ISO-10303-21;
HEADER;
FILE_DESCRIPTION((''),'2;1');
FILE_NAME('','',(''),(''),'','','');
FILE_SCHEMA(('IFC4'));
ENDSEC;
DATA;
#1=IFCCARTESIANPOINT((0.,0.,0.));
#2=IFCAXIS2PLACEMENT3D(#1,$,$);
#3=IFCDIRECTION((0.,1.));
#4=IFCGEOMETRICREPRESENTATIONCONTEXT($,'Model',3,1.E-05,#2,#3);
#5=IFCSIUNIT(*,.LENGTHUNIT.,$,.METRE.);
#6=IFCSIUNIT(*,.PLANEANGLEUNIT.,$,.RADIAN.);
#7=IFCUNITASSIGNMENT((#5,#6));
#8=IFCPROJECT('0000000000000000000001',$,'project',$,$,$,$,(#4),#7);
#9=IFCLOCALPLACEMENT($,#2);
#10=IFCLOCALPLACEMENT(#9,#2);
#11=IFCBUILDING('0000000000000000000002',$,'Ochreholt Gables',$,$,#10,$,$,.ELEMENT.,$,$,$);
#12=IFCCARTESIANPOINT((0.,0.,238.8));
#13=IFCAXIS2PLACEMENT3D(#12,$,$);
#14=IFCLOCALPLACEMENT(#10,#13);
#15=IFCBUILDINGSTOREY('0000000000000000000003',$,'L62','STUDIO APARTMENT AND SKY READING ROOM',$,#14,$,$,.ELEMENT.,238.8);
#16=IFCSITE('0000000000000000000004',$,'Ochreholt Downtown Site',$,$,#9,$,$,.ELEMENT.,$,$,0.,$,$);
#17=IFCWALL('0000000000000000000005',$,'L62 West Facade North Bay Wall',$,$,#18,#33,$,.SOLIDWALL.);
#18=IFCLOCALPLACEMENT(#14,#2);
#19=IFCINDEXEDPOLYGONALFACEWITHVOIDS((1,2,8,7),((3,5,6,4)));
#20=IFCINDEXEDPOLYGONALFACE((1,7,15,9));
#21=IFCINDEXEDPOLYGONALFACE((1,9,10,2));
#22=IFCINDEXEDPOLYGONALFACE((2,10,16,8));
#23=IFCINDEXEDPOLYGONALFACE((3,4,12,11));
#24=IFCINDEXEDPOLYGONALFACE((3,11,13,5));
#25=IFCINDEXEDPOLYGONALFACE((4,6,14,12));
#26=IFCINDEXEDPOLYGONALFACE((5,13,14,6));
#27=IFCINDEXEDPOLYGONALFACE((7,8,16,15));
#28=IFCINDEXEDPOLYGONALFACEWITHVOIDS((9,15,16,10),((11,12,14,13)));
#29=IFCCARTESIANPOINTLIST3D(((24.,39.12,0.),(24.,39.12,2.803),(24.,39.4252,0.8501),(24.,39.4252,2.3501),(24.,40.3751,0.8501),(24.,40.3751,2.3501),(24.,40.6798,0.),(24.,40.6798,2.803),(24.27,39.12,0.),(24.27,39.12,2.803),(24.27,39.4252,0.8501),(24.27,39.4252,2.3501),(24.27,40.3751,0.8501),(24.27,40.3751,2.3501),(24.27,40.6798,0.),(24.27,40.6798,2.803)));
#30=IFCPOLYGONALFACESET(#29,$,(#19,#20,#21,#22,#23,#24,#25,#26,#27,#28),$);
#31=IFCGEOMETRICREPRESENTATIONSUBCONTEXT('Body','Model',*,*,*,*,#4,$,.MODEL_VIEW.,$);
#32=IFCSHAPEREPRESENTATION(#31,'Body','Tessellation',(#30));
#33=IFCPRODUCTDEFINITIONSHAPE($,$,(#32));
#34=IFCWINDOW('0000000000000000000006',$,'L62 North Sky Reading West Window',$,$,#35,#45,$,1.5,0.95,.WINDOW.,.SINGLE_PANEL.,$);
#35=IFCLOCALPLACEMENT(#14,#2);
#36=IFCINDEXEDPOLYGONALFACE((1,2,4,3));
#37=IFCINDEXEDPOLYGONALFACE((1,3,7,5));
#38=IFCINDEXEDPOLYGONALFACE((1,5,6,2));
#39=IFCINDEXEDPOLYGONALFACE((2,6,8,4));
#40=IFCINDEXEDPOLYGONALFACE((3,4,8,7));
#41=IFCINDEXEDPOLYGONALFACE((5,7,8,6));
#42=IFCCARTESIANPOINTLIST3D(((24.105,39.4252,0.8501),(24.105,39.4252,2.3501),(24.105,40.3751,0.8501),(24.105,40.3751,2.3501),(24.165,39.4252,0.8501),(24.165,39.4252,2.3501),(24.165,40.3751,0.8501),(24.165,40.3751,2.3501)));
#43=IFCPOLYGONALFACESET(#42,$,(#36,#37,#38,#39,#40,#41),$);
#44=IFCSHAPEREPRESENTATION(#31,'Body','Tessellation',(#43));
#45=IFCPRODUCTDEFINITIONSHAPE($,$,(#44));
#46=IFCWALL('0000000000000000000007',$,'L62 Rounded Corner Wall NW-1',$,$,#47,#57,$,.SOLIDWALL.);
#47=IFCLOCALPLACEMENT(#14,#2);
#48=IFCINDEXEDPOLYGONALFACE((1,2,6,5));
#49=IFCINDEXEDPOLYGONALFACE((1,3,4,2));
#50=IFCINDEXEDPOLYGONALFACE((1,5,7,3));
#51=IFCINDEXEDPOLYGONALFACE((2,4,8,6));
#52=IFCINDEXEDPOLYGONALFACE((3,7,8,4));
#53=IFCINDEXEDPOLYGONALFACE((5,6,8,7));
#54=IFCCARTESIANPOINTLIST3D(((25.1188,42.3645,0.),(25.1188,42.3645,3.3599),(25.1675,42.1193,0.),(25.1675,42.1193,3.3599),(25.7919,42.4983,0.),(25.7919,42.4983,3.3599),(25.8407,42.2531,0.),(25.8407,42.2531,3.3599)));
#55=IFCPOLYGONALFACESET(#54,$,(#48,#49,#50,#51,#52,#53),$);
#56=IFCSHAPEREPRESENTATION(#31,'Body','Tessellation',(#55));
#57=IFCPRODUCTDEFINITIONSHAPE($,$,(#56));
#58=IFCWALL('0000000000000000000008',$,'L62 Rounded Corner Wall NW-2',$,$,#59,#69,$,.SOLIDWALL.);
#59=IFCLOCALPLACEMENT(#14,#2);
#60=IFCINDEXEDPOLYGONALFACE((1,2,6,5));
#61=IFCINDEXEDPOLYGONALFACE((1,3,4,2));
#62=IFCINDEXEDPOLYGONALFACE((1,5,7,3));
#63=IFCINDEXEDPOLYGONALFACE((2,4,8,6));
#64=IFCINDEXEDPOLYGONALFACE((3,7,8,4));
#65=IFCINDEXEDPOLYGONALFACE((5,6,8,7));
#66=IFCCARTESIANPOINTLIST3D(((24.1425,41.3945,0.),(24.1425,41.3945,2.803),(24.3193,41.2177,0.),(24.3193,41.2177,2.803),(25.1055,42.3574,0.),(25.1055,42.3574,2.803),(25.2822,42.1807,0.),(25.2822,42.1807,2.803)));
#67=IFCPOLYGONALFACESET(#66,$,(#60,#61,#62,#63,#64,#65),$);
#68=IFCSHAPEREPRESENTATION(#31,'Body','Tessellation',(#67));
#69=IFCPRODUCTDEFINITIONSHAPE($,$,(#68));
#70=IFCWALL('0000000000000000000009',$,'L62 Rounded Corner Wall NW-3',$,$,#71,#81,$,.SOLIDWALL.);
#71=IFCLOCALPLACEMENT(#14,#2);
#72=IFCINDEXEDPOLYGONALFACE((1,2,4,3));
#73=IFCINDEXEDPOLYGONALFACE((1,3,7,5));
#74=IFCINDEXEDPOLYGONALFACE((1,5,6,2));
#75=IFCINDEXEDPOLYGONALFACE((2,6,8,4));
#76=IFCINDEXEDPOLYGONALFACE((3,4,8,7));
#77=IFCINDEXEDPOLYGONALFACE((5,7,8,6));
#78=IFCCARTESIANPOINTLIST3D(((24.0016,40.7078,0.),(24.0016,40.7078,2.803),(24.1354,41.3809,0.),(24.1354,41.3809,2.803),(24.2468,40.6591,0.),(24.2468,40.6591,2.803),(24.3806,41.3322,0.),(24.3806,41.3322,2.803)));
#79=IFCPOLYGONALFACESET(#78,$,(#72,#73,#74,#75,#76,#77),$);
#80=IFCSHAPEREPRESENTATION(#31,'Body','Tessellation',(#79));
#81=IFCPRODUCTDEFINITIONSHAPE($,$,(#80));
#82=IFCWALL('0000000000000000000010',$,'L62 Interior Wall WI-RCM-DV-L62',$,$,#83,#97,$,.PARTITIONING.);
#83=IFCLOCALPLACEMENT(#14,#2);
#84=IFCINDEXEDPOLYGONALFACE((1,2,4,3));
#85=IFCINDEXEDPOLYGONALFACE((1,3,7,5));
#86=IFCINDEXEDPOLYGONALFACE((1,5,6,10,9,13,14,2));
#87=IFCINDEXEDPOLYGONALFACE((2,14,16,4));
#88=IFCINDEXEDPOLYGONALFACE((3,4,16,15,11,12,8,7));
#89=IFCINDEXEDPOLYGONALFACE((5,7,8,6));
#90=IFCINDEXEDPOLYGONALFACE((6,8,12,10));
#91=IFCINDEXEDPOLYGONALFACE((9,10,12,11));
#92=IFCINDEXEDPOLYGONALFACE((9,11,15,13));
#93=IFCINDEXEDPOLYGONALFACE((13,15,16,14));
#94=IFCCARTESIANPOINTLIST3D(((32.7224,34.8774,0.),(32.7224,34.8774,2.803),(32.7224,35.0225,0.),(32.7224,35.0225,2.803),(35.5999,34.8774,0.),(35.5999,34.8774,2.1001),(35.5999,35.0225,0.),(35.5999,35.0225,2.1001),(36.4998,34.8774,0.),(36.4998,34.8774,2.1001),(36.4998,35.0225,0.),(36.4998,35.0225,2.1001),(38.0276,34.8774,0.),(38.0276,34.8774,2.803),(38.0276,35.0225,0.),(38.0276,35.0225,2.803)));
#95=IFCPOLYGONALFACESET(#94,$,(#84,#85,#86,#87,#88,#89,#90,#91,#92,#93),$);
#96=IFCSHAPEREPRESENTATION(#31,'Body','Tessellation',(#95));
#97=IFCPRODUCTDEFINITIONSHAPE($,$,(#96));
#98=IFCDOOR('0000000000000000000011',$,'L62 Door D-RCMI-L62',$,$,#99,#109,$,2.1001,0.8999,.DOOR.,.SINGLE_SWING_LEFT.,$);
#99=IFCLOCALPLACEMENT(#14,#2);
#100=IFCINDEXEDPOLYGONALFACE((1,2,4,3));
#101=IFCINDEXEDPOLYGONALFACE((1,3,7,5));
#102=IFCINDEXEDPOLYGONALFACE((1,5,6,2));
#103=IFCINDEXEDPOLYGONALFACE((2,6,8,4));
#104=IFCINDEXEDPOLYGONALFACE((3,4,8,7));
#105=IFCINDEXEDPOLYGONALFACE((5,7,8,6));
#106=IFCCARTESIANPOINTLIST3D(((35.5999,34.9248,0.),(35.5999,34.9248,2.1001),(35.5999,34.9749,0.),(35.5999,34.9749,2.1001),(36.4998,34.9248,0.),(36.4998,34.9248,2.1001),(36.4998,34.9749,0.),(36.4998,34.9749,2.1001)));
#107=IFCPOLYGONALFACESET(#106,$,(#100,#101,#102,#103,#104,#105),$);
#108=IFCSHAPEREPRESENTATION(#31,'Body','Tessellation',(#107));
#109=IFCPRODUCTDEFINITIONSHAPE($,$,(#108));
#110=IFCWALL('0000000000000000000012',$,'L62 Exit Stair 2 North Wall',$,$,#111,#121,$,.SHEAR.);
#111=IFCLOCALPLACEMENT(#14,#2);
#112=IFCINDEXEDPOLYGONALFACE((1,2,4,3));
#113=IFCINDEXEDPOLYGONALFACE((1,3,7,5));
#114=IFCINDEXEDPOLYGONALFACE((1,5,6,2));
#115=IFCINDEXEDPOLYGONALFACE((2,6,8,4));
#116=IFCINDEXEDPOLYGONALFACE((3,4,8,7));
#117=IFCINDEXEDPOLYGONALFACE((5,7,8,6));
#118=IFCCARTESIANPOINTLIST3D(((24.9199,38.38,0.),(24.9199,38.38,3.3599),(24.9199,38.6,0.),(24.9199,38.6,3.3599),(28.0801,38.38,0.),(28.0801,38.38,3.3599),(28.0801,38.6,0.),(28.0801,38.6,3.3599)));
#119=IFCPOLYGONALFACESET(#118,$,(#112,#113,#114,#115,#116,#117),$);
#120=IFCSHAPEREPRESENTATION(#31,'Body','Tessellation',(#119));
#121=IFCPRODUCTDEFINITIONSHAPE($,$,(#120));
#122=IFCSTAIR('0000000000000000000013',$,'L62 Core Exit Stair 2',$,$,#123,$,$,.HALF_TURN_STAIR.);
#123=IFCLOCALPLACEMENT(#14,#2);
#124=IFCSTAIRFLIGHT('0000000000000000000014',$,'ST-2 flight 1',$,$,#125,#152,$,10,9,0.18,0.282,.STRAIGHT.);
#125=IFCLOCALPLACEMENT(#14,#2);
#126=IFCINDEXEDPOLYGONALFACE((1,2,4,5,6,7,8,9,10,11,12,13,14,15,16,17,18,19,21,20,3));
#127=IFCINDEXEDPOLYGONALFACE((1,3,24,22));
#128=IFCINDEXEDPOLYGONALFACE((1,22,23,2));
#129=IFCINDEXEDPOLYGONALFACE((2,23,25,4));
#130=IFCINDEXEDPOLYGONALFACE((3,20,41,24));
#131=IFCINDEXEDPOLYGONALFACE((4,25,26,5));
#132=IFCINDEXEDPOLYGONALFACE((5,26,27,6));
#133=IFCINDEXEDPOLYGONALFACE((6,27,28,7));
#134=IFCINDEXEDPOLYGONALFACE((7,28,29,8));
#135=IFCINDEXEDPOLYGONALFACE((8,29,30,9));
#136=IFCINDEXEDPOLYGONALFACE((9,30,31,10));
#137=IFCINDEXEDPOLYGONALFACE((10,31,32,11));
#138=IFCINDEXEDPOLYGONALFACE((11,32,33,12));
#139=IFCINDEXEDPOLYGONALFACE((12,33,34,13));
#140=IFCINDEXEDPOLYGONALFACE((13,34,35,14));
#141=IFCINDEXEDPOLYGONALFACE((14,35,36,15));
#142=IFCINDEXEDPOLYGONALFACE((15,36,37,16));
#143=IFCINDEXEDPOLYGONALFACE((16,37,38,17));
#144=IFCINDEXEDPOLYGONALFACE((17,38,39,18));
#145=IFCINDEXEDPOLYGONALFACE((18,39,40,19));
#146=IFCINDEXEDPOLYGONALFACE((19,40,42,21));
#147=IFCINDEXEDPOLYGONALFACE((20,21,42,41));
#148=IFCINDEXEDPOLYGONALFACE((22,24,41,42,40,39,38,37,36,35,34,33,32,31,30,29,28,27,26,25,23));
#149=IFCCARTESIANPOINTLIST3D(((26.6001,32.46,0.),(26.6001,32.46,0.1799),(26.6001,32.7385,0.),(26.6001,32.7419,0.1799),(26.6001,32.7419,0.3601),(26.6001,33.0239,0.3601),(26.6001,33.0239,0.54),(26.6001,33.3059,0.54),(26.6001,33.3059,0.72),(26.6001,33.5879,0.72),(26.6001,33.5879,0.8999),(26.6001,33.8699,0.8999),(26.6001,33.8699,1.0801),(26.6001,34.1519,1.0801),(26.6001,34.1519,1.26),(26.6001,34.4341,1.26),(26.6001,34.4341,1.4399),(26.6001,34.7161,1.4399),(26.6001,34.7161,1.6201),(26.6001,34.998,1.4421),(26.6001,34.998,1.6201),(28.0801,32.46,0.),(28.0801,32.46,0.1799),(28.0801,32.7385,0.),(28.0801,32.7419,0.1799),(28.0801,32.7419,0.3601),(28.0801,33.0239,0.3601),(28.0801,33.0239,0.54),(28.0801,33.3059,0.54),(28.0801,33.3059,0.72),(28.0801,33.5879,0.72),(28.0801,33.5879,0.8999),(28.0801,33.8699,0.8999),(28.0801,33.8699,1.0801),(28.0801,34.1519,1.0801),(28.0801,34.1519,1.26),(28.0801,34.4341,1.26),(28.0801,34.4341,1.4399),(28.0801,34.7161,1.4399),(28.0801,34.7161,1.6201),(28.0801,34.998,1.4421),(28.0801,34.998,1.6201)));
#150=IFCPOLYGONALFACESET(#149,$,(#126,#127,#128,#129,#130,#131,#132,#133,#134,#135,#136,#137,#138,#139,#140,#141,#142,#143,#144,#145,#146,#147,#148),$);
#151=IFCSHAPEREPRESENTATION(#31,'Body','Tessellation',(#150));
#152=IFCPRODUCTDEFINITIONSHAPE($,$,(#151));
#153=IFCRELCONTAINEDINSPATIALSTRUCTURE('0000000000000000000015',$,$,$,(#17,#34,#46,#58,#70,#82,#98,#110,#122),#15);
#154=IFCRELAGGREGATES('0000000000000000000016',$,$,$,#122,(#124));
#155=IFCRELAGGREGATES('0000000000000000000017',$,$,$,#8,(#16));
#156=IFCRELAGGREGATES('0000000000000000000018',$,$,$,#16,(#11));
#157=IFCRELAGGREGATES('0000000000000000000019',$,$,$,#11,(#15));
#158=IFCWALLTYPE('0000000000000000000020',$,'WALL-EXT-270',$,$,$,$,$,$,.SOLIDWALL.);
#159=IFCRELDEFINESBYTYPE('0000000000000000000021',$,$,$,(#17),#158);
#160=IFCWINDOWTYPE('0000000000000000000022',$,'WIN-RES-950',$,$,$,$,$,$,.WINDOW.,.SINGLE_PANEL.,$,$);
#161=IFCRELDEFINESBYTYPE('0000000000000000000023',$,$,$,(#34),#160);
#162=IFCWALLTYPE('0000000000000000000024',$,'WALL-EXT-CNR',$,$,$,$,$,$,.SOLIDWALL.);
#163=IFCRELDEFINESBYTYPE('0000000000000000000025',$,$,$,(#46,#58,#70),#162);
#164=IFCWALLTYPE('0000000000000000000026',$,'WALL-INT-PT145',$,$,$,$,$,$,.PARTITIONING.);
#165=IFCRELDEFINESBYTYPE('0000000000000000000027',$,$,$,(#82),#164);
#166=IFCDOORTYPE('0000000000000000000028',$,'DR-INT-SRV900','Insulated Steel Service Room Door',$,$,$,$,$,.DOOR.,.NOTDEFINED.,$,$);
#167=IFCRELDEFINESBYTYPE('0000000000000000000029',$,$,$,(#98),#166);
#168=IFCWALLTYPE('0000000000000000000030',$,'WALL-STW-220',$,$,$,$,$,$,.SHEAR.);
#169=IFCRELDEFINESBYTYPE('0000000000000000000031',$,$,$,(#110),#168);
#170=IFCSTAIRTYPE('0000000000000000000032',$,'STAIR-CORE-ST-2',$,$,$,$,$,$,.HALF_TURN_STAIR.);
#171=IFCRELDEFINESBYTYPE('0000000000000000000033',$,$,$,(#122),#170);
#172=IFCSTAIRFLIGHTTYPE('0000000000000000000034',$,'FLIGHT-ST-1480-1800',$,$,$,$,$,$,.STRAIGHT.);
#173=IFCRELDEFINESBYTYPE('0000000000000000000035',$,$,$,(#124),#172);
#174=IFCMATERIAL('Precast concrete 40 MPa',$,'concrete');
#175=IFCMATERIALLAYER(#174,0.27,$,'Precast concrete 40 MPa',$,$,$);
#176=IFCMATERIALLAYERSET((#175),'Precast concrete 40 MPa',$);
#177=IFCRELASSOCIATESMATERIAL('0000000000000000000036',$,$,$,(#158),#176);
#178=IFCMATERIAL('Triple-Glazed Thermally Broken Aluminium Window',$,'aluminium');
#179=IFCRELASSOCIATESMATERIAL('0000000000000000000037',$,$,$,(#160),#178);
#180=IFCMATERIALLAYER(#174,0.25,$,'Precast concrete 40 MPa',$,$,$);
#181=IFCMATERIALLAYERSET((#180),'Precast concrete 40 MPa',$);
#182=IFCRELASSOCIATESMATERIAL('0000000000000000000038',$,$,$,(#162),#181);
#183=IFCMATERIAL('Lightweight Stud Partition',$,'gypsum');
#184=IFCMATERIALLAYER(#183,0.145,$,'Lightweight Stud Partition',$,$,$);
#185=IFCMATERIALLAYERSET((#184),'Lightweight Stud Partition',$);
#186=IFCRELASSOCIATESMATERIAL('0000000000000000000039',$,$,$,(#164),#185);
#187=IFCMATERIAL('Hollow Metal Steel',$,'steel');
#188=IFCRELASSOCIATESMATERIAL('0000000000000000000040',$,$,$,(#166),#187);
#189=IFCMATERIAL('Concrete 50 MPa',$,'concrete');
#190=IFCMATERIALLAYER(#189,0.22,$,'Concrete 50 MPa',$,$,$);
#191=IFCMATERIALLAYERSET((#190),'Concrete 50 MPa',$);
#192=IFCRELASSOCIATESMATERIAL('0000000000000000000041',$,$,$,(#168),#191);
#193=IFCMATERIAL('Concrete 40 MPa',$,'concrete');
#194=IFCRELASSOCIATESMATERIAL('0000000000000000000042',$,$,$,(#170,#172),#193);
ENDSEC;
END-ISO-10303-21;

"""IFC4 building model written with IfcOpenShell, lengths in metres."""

from ifc_helpers import new_model, si_unit, direction, frame, frame_2d, origin, place, context, subcontext, project, spatial, polyline, rectangle, outline, extrude, material, layer, layer_set, type_object, element, fill, aggregate, save


model = new_model("IFC4")

# Units and contexts
model_context = context("Model", 3, precision=1e-05, world=origin(), true_north=direction((0.0, 1.0)))
body_context = subcontext(model_context, "Body", "Model", "MODEL_VIEW")
ifc_project = project(units=[si_unit("LENGTHUNIT", "METRE"), si_unit("PLANEANGLEUNIT", "RADIAN")], contexts=[model_context])

# Site, building, storey
site_placement = place(None, origin())
site = spatial("IfcSite", under=ifc_project, at=site_placement, Name="Ochreholt Downtown Site", CompositionType="ELEMENT", RefElevation=0.0)
building_placement = place(site_placement, origin())
building = spatial("IfcBuilding", under=site, at=building_placement, Name="Ochreholt Gables", CompositionType="ELEMENT")
storey_placement = place(building_placement, frame((0.0, 0.0, 238.8)))
storey = spatial("IfcBuildingStorey", under=building, at=storey_placement, Name="L62", Description="STUDIO APARTMENT AND SKY READING ROOM", CompositionType="ELEMENT", Elevation=238.8)

# Shared definitions
ifc_material_1 = material(Name="Concrete 50 MPa", Category="concrete")

# Shared definitions
ifc_material_2 = material(Name="Hollow Metal Steel", Category="steel")

# Wall, opening, window
ifc_material_3 = material(Name="Precast concrete 40 MPa", Category="concrete")
ifc_layer_1 = layer(ifc_material_3, 0.27, Name="Precast concrete 40 MPa")
ifc_layer_set_1 = layer_set([ifc_layer_1], Name="Precast concrete 40 MPa")
wall_type_1 = type_object("IfcWallType", Name="WALL-EXT-270", PredefinedType="SOLIDWALL", material=ifc_layer_set_1)
wall_1_placement = place(storey_placement, frame((24.135, 39.1201, 0.0), z_axis=(0.0, 0.0, 1.0), x_axis=(0.0, 1.0, 0.0)))
wall_1 = element("IfcWall", 1, at=wall_1_placement, inside=storey, type_object=wall_type_1, Name="L62 West Facade North Bay Wall", PredefinedType="SOLIDWALL", context=body_context, shape_type="SweptSolid", body=[
    extrude(rectangle(XDim=1.5598, YDim=0.27, at=frame_2d((0.7798, 0.0))), origin(), (0.0, 0.0, 1.0), 2.803),
])
opening_1_placement = place(wall_1_placement, frame((0.3049, 0.0, 0.8501)))
opening_1 = element("IfcOpeningElement", 2, at=opening_1_placement, cuts=wall_1, PredefinedType="OPENING", context=body_context, shape_type="SweptSolid", body=[
    extrude(rectangle(XDim=0.95, YDim=1.5, at=frame_2d((0.4751, 0.75))), frame((0.0, 0.145, 0.0), z_axis=(0.0, -1.0, 0.0), x_axis=(1.0, 0.0, 0.0)), (0.0, 0.0, 1.0), 0.29),
])
ifc_material_4 = material(Name="Triple-Glazed Thermally Broken Aluminium Window", Category="aluminium")
window_type = type_object("IfcWindowType", Name="WIN-RES-950", PartitioningType="SINGLE_PANEL", PredefinedType="WINDOW", material=ifc_material_4)
window_placement = place(opening_1_placement, origin())
window = element("IfcWindow", 3, at=window_placement, inside=storey, type_object=window_type, Name="L62 North Sky Reading West Window", OverallHeight=1.5, OverallWidth=0.95, PartitioningType="SINGLE_PANEL", PredefinedType="WINDOW", context=body_context, shape_type="SweptSolid", body=[
    extrude(rectangle(XDim=0.95, YDim=1.5, at=frame_2d((0.4751, 0.75))), frame((0.0, 0.03, 0.0), z_axis=(0.0, -1.0, 0.0), x_axis=(1.0, 0.0, 0.0)), (0.0, 0.0, 1.0), 0.0601),
])
fill(opening_1, window)

# Walls
ifc_layer_2 = layer(ifc_material_3, 0.25, Name="Precast concrete 40 MPa")
ifc_layer_set_2 = layer_set([ifc_layer_2], Name="Precast concrete 40 MPa")
wall_type_2 = type_object("IfcWallType", Name="WALL-EXT-CNR", PredefinedType="SOLIDWALL", material=ifc_layer_set_2)
wall_2_placement = place(storey_placement, frame((25.8164, 42.3757, 0.0), z_axis=(0.0, 0.0, 1.0), x_axis=(-0.980813, -0.194953, 0.0)))
element("IfcWall", 4, at=wall_2_placement, inside=storey, type_object=wall_type_2, Name="L62 Rounded Corner Wall NW-1", PredefinedType="SOLIDWALL", context=body_context, shape_type="SweptSolid", body=[
    extrude(rectangle(XDim=0.6863, YDim=0.25, at=frame_2d((0.3433, 0.0))), origin(), (0.0, 0.0, 1.0), 3.3599),
])
wall_3_placement = place(storey_placement, frame((25.1938, 42.269, 0.0), z_axis=(0.0, 0.0, 1.0), x_axis=(-0.707107, -0.707107, 0.0)))
element("IfcWall", 5, at=wall_3_placement, inside=storey, type_object=wall_type_2, Name="L62 Rounded Corner Wall NW-2", PredefinedType="SOLIDWALL", context=body_context, shape_type="SweptSolid", body=[
    extrude(rectangle(XDim=1.3618, YDim=0.25, at=frame_2d((0.6809, 0.0))), origin(), (0.0, 0.0, 1.0), 2.803),
])
wall_4_placement = place(storey_placement, frame((24.2581, 41.3567, 0.0), z_axis=(0.0, 0.0, 1.0), x_axis=(-0.194953, -0.980813, 0.0)))
element("IfcWall", 6, at=wall_4_placement, inside=storey, type_object=wall_type_2, Name="L62 Rounded Corner Wall NW-3", PredefinedType="SOLIDWALL", context=body_context, shape_type="SweptSolid", body=[
    extrude(rectangle(XDim=0.6863, YDim=0.25, at=frame_2d((0.3433, 0.0))), origin(), (0.0, 0.0, 1.0), 2.803),
])

# Wall, opening, door
ifc_material_5 = material(Name="Lightweight Stud Partition", Category="gypsum")
ifc_layer_3 = layer(ifc_material_5, 0.145, Name="Lightweight Stud Partition")
ifc_layer_set_3 = layer_set([ifc_layer_3], Name="Lightweight Stud Partition")
wall_type_3 = type_object("IfcWallType", Name="WALL-INT-PT145", PredefinedType="PARTITIONING", material=ifc_layer_set_3)
wall_5_placement = place(storey_placement, frame((32.7224, 34.95, 0.0), z_axis=(0.0, 0.0, 1.0), x_axis=(1.0, 0.0, 0.0)))
wall_5 = element("IfcWall", 7, at=wall_5_placement, inside=storey, type_object=wall_type_3, Name="L62 Interior Wall WI-RCM-DV-L62", PredefinedType="PARTITIONING", context=body_context, shape_type="SweptSolid", body=[
    extrude(rectangle(XDim=5.3052, YDim=0.145, at=frame_2d((2.6526, 0.0))), origin(), (0.0, 0.0, 1.0), 2.803),
])
opening_2_placement = place(wall_5_placement, frame((2.8774, 0.0, 0.0)))
opening_2 = element("IfcOpeningElement", 8, at=opening_2_placement, cuts=wall_5, PredefinedType="OPENING", context=body_context, shape_type="SweptSolid", body=[
    extrude(rectangle(XDim=0.8999, YDim=2.1001, at=frame_2d((0.45, 1.05))), frame((0.0, 0.0825, 0.0), z_axis=(0.0, -1.0, 0.0), x_axis=(1.0, 0.0, 0.0)), (0.0, 0.0, 1.0), 0.165),
])
door_type_1 = type_object("IfcDoorType", Name="DR-INT-SRV900", Description="Insulated Steel Service Room Door", OperationType="NOTDEFINED", PredefinedType="DOOR", material=ifc_material_2)
door_1_placement = place(opening_2_placement, origin())
door_1 = element("IfcDoor", 9, at=door_1_placement, inside=storey, type_object=door_type_1, Name="L62 Door D-RCMI-L62", OperationType="SINGLE_SWING_LEFT", OverallHeight=2.1001, OverallWidth=0.8999, PredefinedType="DOOR", context=body_context, shape_type="SweptSolid", body=[
    extrude(rectangle(XDim=0.8999, YDim=2.1001, at=frame_2d((0.45, 1.05))), frame((0.0, 0.0249, 0.0), z_axis=(0.0, -1.0, 0.0), x_axis=(1.0, 0.0, 0.0)), (0.0, 0.0, 1.0), 0.05),
])
fill(opening_2, door_1)

# Wall
ifc_layer_4 = layer(ifc_material_1, 0.22, Name="Concrete 50 MPa")
ifc_layer_set_4 = layer_set([ifc_layer_4], Name="Concrete 50 MPa")
wall_type_4 = type_object("IfcWallType", Name="WALL-STW-220", PredefinedType="SHEAR", material=ifc_layer_set_4)
wall_6_placement = place(storey_placement, frame((24.9199, 38.49, 0.0), z_axis=(0.0, 0.0, 1.0), x_axis=(1.0, 0.0, 0.0)))
element("IfcWall", 10, at=wall_6_placement, inside=storey, type_object=wall_type_4, Name="L62 Exit Stair 2 North Wall", PredefinedType="SHEAR", context=body_context, shape_type="SweptSolid", body=[
    extrude(rectangle(XDim=3.1602, YDim=0.22, at=frame_2d((1.5801, 0.0))), origin(), (0.0, 0.0, 1.0), 3.3599),
])

# Stair, stair flight
ifc_material_6 = material(Name="Concrete 40 MPa", Category="concrete")
stair_type = type_object("IfcStairType", Name="STAIR-CORE-ST-2", PredefinedType="HALF_TURN_STAIR", material=ifc_material_6)
stair_placement = place(storey_placement, origin())
stair = element("IfcStair", 11, at=stair_placement, inside=storey, type_object=stair_type, Name="L62 Core Exit Stair 2", PredefinedType="HALF_TURN_STAIR")
stair_flight_type = type_object("IfcStairFlightType", Name="FLIGHT-ST-1480-1800", PredefinedType="STRAIGHT", material=ifc_material_6)
stair_flight_1_placement = place(storey_placement, frame((27.3401, 32.46, 0.0), z_axis=(0.0, 0.0, 1.0), x_axis=(0.0, 1.0, 0.0)))
stair_flight_1 = element("IfcStairFlight", 12, at=stair_flight_1_placement, type_object=stair_flight_type, Name="ST-2 flight 1", NumberOfRisers=10, NumberOfTreads=9, PredefinedType="STRAIGHT", RiserHeight=0.18, TreadLength=0.282, context=body_context, shape_type="SweptSolid", body=[
    extrude(outline(polyline([(0.0, 0.0), (0.0, 0.1799), (0.282, 0.1799), (0.282, 0.3601), (0.564, 0.3601), (0.564, 0.54), (0.8459, 0.54), (0.8459, 0.72), (1.1279, 0.72), (1.1279, 0.8999), (1.4099, 0.8999), (1.4099, 1.0801), (1.6919, 1.0801), (1.6919, 1.26), (1.9741, 1.26), (1.9741, 1.4399), (2.2561, 1.4399), (2.2561, 1.6201), (2.5381, 1.6201), (2.5381, 1.8), (2.5381, 1.4421), (0.2786, 0.0), (0.0, 0.0)])), frame((0.0, 0.74, 0.0), z_axis=(0.0, -1.0, 0.0), x_axis=(1.0, 0.0, 0.0)), (0.0, 0.0, 1.0), 1.48),
])
aggregate(stair, [stair_flight_1])

save(model, "model.ifc")
